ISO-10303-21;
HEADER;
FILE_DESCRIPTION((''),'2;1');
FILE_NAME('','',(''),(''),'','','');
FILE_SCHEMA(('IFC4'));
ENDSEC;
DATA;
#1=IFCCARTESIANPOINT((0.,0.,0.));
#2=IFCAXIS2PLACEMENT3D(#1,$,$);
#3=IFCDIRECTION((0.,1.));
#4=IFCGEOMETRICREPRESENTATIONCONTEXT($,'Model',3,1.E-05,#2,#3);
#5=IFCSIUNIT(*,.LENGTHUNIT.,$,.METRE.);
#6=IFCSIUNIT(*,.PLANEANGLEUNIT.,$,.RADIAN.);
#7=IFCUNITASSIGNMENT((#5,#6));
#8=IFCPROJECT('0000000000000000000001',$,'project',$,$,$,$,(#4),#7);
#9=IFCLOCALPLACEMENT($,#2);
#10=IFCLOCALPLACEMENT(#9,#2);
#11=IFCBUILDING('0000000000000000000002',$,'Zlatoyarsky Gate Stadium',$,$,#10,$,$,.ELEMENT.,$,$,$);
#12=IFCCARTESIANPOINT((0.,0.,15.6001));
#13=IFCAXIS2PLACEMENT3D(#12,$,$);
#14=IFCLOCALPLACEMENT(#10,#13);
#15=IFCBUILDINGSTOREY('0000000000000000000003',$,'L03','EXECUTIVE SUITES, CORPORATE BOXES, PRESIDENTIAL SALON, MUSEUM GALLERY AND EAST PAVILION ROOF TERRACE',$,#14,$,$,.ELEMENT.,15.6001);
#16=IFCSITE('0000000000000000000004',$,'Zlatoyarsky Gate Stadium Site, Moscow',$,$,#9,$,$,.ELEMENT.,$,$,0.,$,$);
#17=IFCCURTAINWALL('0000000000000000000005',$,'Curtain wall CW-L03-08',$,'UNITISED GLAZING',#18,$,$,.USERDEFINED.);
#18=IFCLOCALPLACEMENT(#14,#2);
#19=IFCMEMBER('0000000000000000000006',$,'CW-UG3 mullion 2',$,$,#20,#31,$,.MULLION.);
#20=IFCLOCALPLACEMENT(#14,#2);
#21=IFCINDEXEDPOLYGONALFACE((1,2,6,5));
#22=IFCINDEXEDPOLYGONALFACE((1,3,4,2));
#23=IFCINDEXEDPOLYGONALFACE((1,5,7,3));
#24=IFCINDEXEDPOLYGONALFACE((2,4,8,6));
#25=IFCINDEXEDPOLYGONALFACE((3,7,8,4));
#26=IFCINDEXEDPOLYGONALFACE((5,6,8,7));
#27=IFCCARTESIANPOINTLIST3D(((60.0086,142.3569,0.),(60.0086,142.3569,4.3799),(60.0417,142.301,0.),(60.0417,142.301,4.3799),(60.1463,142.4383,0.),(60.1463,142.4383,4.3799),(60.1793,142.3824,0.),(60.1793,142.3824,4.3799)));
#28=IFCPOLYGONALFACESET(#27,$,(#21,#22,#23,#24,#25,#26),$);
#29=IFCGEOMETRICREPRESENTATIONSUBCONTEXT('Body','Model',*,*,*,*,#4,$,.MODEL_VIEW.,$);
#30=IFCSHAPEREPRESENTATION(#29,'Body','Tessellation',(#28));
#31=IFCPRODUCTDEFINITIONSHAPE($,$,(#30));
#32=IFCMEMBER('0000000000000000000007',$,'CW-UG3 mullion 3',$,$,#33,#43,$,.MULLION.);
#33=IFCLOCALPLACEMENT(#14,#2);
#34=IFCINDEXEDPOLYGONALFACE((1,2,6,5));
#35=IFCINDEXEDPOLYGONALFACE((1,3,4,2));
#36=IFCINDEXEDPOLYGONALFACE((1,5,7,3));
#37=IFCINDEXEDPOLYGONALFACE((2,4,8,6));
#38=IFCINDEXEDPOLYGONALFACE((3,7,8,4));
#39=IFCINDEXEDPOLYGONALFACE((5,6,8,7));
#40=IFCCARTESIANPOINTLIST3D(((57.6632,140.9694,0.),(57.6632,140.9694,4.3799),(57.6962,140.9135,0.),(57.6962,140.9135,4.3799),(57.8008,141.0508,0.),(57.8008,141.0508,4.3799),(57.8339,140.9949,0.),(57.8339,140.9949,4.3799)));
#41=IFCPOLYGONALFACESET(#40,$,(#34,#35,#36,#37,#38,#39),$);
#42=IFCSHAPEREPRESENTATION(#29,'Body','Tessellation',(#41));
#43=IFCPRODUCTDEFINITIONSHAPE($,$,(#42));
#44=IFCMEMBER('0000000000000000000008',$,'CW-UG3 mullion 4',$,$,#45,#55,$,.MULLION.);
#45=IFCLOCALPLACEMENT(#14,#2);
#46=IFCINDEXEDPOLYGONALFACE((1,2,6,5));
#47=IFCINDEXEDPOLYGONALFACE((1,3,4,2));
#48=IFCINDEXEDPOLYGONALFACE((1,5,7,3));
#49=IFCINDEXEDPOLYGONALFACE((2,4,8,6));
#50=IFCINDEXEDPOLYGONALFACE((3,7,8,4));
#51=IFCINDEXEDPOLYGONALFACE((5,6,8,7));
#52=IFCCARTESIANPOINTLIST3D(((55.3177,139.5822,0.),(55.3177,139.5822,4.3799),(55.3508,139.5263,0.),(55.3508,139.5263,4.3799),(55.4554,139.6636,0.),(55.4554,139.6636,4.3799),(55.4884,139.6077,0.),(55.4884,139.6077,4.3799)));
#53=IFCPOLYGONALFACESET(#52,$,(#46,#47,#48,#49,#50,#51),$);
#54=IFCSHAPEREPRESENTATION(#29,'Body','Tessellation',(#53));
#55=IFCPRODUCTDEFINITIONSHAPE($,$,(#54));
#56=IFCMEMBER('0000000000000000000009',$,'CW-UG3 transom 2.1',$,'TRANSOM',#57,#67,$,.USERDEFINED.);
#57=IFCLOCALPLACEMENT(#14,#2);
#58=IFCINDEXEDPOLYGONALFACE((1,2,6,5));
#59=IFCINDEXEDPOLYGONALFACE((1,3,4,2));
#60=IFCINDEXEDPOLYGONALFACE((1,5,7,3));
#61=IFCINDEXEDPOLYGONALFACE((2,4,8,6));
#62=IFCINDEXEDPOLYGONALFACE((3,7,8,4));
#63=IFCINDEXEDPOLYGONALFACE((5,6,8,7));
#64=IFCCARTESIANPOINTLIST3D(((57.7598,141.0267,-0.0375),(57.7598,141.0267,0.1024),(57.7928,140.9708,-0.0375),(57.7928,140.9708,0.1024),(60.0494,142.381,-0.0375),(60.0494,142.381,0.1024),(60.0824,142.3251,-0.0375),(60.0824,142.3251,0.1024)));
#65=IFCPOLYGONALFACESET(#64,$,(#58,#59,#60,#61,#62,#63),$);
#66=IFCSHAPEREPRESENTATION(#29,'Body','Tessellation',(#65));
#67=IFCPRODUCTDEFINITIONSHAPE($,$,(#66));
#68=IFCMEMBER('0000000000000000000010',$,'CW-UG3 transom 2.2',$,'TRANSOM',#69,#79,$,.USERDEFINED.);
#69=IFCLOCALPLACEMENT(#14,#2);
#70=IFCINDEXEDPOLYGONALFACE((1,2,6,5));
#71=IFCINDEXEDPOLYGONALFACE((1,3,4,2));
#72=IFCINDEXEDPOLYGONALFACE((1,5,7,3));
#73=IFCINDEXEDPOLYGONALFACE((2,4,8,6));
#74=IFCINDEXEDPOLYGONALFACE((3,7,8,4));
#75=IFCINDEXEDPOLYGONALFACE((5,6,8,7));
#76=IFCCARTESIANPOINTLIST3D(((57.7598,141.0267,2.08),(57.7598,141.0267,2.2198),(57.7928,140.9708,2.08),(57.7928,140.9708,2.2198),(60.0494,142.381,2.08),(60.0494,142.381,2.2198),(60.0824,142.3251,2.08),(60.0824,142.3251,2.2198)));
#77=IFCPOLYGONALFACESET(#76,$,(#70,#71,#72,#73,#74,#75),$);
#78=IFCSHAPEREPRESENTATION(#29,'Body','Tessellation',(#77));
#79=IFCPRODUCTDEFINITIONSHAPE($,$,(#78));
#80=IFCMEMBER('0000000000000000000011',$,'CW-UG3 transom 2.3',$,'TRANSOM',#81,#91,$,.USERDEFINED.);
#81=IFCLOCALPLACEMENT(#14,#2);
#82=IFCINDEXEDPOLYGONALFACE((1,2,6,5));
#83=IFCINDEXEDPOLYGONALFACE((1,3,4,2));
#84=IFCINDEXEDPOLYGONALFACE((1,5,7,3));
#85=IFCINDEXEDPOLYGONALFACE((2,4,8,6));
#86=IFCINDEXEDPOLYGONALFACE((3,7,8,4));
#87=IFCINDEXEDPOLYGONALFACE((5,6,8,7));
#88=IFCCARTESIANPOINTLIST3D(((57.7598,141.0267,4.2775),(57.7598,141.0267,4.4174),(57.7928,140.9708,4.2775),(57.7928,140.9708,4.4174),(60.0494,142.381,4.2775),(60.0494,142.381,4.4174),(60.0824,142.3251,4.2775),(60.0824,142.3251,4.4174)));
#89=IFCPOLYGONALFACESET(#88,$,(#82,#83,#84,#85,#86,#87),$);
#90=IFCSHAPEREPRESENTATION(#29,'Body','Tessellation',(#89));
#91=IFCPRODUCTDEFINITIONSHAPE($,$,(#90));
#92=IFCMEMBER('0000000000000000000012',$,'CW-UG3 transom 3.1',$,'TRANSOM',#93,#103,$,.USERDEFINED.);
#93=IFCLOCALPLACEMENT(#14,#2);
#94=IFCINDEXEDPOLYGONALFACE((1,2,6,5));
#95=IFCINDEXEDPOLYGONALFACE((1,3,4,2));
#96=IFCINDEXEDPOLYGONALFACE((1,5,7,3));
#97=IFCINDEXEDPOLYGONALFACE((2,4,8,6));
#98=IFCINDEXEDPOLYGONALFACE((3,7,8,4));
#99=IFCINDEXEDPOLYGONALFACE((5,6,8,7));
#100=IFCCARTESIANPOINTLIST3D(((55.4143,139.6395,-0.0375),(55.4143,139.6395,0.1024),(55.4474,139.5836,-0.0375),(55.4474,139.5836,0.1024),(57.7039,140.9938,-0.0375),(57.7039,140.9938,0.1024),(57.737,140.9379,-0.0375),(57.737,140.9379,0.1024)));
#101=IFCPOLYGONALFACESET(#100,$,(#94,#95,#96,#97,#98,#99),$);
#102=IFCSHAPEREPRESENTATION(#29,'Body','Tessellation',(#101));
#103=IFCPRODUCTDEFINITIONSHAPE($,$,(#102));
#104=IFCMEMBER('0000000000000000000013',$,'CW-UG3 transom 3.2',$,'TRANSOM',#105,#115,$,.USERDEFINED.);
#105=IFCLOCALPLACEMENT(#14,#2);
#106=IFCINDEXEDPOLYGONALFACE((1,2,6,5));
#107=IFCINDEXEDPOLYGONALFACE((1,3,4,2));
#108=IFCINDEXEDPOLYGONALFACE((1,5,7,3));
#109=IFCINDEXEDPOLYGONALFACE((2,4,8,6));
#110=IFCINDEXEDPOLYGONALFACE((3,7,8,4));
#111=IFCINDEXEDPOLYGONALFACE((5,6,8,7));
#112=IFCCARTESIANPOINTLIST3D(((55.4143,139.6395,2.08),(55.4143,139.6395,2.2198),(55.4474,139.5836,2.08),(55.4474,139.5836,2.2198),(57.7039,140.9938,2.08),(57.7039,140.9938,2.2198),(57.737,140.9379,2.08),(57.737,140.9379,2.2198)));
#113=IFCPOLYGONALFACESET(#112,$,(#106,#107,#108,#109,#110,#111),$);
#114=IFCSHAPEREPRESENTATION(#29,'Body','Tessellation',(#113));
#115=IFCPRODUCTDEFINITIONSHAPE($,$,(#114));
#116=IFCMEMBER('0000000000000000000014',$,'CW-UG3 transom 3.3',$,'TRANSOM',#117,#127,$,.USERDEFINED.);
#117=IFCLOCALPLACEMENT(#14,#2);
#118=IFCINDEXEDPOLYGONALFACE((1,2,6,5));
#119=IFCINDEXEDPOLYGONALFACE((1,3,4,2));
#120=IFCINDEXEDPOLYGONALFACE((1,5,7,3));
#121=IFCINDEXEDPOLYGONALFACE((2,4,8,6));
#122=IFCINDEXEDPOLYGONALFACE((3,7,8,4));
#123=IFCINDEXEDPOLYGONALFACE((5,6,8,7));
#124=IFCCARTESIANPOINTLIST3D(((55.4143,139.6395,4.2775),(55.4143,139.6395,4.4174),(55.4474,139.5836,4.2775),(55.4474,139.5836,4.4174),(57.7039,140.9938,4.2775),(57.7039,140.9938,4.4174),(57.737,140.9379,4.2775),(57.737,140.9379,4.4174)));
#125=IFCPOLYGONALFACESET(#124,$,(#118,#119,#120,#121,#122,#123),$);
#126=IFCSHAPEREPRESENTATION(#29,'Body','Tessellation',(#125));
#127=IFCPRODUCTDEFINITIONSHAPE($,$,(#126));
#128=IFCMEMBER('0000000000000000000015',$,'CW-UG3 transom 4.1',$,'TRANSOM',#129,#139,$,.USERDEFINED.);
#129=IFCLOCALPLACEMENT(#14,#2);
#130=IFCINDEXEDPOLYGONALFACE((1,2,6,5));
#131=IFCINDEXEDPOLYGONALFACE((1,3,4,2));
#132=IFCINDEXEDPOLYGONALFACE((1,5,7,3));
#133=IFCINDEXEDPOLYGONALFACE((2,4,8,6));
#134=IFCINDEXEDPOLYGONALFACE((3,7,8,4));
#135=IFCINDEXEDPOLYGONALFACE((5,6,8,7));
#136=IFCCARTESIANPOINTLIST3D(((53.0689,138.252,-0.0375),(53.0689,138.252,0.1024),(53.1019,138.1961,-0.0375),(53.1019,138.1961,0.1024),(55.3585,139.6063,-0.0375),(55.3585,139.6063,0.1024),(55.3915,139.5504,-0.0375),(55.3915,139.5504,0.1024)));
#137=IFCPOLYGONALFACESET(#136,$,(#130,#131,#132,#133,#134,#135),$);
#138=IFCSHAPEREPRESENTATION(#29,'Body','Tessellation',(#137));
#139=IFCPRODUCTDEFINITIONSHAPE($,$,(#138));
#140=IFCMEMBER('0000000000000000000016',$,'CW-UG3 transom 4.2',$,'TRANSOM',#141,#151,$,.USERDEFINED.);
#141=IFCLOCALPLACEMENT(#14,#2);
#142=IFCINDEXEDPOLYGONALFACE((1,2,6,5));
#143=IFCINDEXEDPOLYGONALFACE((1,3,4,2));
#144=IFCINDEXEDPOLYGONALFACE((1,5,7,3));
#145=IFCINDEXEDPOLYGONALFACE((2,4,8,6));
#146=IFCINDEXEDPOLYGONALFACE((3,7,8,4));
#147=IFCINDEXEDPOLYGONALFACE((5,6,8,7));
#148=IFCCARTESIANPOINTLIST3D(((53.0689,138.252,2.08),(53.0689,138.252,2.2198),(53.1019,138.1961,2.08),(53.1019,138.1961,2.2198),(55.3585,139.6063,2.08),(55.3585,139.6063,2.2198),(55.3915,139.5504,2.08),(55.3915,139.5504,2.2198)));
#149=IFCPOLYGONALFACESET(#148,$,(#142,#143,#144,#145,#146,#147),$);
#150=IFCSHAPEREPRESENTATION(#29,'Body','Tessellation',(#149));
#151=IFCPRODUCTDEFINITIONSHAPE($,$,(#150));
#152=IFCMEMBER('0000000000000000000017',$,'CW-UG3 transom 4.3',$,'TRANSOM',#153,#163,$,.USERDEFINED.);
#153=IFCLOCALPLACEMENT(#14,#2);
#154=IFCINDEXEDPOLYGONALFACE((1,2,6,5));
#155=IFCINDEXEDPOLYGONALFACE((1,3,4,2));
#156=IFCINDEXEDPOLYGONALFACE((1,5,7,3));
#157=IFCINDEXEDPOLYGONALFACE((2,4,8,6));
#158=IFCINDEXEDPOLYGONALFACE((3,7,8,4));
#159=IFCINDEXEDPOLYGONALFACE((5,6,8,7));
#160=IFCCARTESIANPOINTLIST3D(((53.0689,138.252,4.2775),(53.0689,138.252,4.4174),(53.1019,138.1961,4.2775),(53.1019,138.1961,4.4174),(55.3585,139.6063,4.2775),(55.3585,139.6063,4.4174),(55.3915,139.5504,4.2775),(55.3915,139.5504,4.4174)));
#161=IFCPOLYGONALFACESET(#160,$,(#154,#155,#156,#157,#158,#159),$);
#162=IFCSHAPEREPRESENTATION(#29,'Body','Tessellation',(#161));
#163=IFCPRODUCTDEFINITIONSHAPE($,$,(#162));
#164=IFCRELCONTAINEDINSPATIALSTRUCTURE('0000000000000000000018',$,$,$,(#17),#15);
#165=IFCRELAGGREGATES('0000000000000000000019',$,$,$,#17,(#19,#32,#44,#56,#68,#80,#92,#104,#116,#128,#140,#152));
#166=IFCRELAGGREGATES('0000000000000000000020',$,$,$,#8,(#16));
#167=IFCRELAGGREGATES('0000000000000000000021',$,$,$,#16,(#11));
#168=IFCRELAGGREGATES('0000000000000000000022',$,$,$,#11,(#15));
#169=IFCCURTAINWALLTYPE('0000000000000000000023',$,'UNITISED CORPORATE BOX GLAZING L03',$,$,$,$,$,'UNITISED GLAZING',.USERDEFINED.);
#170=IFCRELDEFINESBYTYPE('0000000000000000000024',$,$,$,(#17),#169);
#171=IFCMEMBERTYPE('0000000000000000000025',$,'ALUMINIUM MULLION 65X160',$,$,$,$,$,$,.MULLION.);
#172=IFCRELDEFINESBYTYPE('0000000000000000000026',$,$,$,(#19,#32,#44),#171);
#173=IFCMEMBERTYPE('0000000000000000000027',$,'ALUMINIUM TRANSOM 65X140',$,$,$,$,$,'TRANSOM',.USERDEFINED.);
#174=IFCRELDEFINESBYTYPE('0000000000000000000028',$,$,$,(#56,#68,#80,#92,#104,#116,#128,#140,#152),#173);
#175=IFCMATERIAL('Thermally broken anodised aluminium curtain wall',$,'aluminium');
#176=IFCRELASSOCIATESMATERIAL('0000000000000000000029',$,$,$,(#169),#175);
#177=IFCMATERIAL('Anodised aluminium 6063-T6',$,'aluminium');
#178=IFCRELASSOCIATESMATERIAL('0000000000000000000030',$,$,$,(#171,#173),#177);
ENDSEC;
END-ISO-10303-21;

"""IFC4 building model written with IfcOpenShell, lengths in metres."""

from ifc_helpers import new_model, si_unit, direction, frame, origin, origin_2d, place, context, subcontext, project, spatial, rectangle, extrude, material, material_profile, profile_set, type_object, element, aggregate, save


model = new_model("IFC4")

# Units and contexts
model_context = context("Model", 3, precision=1e-05, world=origin(), true_north=direction((0.0, 1.0)))
body_context = subcontext(model_context, "Body", "Model", "MODEL_VIEW")
ifc_project = project(units=[si_unit("LENGTHUNIT", "METRE"), si_unit("PLANEANGLEUNIT", "RADIAN")], contexts=[model_context])

# Site, building, storey
site_placement = place(None, origin())
site = spatial("IfcSite", under=ifc_project, at=site_placement, Name="Zlatoyarsky Gate Stadium Site, Moscow", CompositionType="ELEMENT", RefElevation=0.0)
building_placement = place(site_placement, origin())
building = spatial("IfcBuilding", under=site, at=building_placement, Name="Zlatoyarsky Gate Stadium", CompositionType="ELEMENT")
storey_placement = place(building_placement, frame((0.0, 0.0, 15.6001)))
storey = spatial("IfcBuildingStorey", under=building, at=storey_placement, Name="L03", Description="EXECUTIVE SUITES, CORPORATE BOXES, PRESIDENTIAL SALON, MUSEUM GALLERY AND EAST PAVILION ROOF TERRACE", CompositionType="ELEMENT", Elevation=15.6001)

# Curtain wall, members
ifc_material_1 = material(Name="Thermally broken anodised aluminium curtain wall", Category="aluminium")
curtain_wall_type = type_object("IfcCurtainWallType", Name="UNITISED CORPORATE BOX GLAZING L03", ElementType="UNITISED GLAZING", PredefinedType="USERDEFINED", material=ifc_material_1)
curtain_wall_placement = place(storey_placement, origin())
curtain_wall = element("IfcCurtainWall", 1, at=curtain_wall_placement, inside=storey, type_object=curtain_wall_type, Name="Curtain wall CW-L03-08", ObjectType="UNITISED GLAZING", PredefinedType="USERDEFINED")
ifc_material_2 = material(Name="Anodised aluminium 6063-T6", Category="aluminium")
ifc_material_profile_1 = material_profile(ifc_material_2, rectangle(XDim=0.0649, YDim=0.1599, at=origin_2d()), Name="ALU 65X160")
ifc_profile_set_1 = profile_set([ifc_material_profile_1], Name="Anodised aluminium 6063-T6")
member_type_1 = type_object("IfcMemberType", Name="ALUMINIUM MULLION 65X160", PredefinedType="MULLION", material=ifc_profile_set_1)
member_1_placement = place(storey_placement, frame((60.094, 142.3696, 0.0), z_axis=(0.0, 0.0, 1.0), x_axis=(0.509098, -0.860708, 0.0)))
member_1 = element("IfcMember", 2, at=member_1_placement, type_object=member_type_1, Name="CW-UG3 mullion 2", PredefinedType="MULLION", context=body_context, shape_type="SweptSolid", body=[
    extrude(rectangle(XDim=0.0649, YDim=0.1599, at=origin_2d()), origin(), (0.0, 0.0, 1.0), 4.3799),
])
member_2_placement = place(storey_placement, frame((57.7485, 140.9822, 0.0), z_axis=(0.0, 0.0, 1.0), x_axis=(0.509098, -0.860708, 0.0)))
member_2 = element("IfcMember", 3, at=member_2_placement, type_object=member_type_1, Name="CW-UG3 mullion 3", PredefinedType="MULLION", context=body_context, shape_type="SweptSolid", body=[
    extrude(rectangle(XDim=0.0649, YDim=0.1599, at=origin_2d()), origin(), (0.0, 0.0, 1.0), 4.3799),
])
member_3_placement = place(storey_placement, frame((55.4031, 139.595, 0.0), z_axis=(0.0, 0.0, 1.0), x_axis=(0.509098, -0.860708, 0.0)))
member_3 = element("IfcMember", 4, at=member_3_placement, type_object=member_type_1, Name="CW-UG3 mullion 4", PredefinedType="MULLION", context=body_context, shape_type="SweptSolid", body=[
    extrude(rectangle(XDim=0.0649, YDim=0.1599, at=origin_2d()), origin(), (0.0, 0.0, 1.0), 4.3799),
])
ifc_material_profile_2 = material_profile(ifc_material_2, rectangle(XDim=0.0649, YDim=0.1399, at=origin_2d()), Name="ALU 65X140")
ifc_profile_set_2 = profile_set([ifc_material_profile_2], Name="Anodised aluminium 6063-T6")
member_type_2 = type_object("IfcMemberType", Name="ALUMINIUM TRANSOM 65X140", ElementType="TRANSOM", PredefinedType="USERDEFINED", material=ifc_profile_set_2)
member_4_placement = place(storey_placement, frame((60.0659, 142.353, 0.0325), z_axis=(-0.860707, -0.5091, 0.0), x_axis=(0.5091, -0.860707, 0.0)))
member_4 = element("IfcMember", 5, at=member_4_placement, type_object=member_type_2, Name="CW-UG3 transom 2.1", ObjectType="TRANSOM", PredefinedType="USERDEFINED", context=body_context, shape_type="SweptSolid", body=[
    extrude(rectangle(XDim=0.0649, YDim=0.1399, at=origin_2d()), origin(), (0.0, 0.0, 1.0), 2.6602),
])
member_5_placement = place(storey_placement, frame((60.0659, 142.353, 2.1499), z_axis=(-0.860707, -0.5091, 0.0), x_axis=(0.5091, -0.860707, 0.0)))
member_5 = element("IfcMember", 6, at=member_5_placement, type_object=member_type_2, Name="CW-UG3 transom 2.2", ObjectType="TRANSOM", PredefinedType="USERDEFINED", context=body_context, shape_type="SweptSolid", body=[
    extrude(rectangle(XDim=0.0649, YDim=0.1399, at=origin_2d()), origin(), (0.0, 0.0, 1.0), 2.6602),
])
member_6_placement = place(storey_placement, frame((60.0659, 142.353, 4.3474), z_axis=(-0.860707, -0.5091, 0.0), x_axis=(0.5091, -0.860707, 0.0)))
member_6 = element("IfcMember", 7, at=member_6_placement, type_object=member_type_2, Name="CW-UG3 transom 2.3", ObjectType="TRANSOM", PredefinedType="USERDEFINED", context=body_context, shape_type="SweptSolid", body=[
    extrude(rectangle(XDim=0.0649, YDim=0.1399, at=origin_2d()), origin(), (0.0, 0.0, 1.0), 2.6602),
])
member_7_placement = place(storey_placement, frame((57.7205, 140.9658, 0.0325), z_axis=(-0.860707, -0.5091, 0.0), x_axis=(0.5091, -0.860707, 0.0)))
member_7 = element("IfcMember", 8, at=member_7_placement, type_object=member_type_2, Name="CW-UG3 transom 3.1", ObjectType="TRANSOM", PredefinedType="USERDEFINED", context=body_context, shape_type="SweptSolid", body=[
    extrude(rectangle(XDim=0.0649, YDim=0.1399, at=origin_2d()), origin(), (0.0, 0.0, 1.0), 2.6602),
])
member_8_placement = place(storey_placement, frame((57.7205, 140.9658, 2.1499), z_axis=(-0.860707, -0.5091, 0.0), x_axis=(0.5091, -0.860707, 0.0)))
member_8 = element("IfcMember", 9, at=member_8_placement, type_object=member_type_2, Name="CW-UG3 transom 3.2", ObjectType="TRANSOM", PredefinedType="USERDEFINED", context=body_context, shape_type="SweptSolid", body=[
    extrude(rectangle(XDim=0.0649, YDim=0.1399, at=origin_2d()), origin(), (0.0, 0.0, 1.0), 2.6602),
])
member_9_placement = place(storey_placement, frame((57.7205, 140.9658, 4.3474), z_axis=(-0.860707, -0.5091, 0.0), x_axis=(0.5091, -0.860707, 0.0)))
member_9 = element("IfcMember", 10, at=member_9_placement, type_object=member_type_2, Name="CW-UG3 transom 3.3", ObjectType="TRANSOM", PredefinedType="USERDEFINED", context=body_context, shape_type="SweptSolid", body=[
    extrude(rectangle(XDim=0.0649, YDim=0.1399, at=origin_2d()), origin(), (0.0, 0.0, 1.0), 2.6602),
])
member_10_placement = place(storey_placement, frame((55.375, 139.5784, 0.0325), z_axis=(-0.860707, -0.5091, 0.0), x_axis=(0.5091, -0.860707, 0.0)))
member_10 = element("IfcMember", 11, at=member_10_placement, type_object=member_type_2, Name="CW-UG3 transom 4.1", ObjectType="TRANSOM", PredefinedType="USERDEFINED", context=body_context, shape_type="SweptSolid", body=[
    extrude(rectangle(XDim=0.0649, YDim=0.1399, at=origin_2d()), origin(), (0.0, 0.0, 1.0), 2.6602),
])
member_11_placement = place(storey_placement, frame((55.375, 139.5784, 2.1499), z_axis=(-0.860707, -0.5091, 0.0), x_axis=(0.5091, -0.860707, 0.0)))
member_11 = element("IfcMember", 12, at=member_11_placement, type_object=member_type_2, Name="CW-UG3 transom 4.2", ObjectType="TRANSOM", PredefinedType="USERDEFINED", context=body_context, shape_type="SweptSolid", body=[
    extrude(rectangle(XDim=0.0649, YDim=0.1399, at=origin_2d()), origin(), (0.0, 0.0, 1.0), 2.6602),
])
member_12_placement = place(storey_placement, frame((55.375, 139.5784, 4.3474), z_axis=(-0.860707, -0.5091, 0.0), x_axis=(0.5091, -0.860707, 0.0)))
member_12 = element("IfcMember", 13, at=member_12_placement, type_object=member_type_2, Name="CW-UG3 transom 4.3", ObjectType="TRANSOM", PredefinedType="USERDEFINED", context=body_context, shape_type="SweptSolid", body=[
    extrude(rectangle(XDim=0.0649, YDim=0.1399, at=origin_2d()), origin(), (0.0, 0.0, 1.0), 2.6602),
])

aggregate(curtain_wall, [member_1, member_2, member_3, member_4, member_5, member_6, member_7, member_8, member_9, member_10, member_11, member_12])

save(model, "model.ifc")
